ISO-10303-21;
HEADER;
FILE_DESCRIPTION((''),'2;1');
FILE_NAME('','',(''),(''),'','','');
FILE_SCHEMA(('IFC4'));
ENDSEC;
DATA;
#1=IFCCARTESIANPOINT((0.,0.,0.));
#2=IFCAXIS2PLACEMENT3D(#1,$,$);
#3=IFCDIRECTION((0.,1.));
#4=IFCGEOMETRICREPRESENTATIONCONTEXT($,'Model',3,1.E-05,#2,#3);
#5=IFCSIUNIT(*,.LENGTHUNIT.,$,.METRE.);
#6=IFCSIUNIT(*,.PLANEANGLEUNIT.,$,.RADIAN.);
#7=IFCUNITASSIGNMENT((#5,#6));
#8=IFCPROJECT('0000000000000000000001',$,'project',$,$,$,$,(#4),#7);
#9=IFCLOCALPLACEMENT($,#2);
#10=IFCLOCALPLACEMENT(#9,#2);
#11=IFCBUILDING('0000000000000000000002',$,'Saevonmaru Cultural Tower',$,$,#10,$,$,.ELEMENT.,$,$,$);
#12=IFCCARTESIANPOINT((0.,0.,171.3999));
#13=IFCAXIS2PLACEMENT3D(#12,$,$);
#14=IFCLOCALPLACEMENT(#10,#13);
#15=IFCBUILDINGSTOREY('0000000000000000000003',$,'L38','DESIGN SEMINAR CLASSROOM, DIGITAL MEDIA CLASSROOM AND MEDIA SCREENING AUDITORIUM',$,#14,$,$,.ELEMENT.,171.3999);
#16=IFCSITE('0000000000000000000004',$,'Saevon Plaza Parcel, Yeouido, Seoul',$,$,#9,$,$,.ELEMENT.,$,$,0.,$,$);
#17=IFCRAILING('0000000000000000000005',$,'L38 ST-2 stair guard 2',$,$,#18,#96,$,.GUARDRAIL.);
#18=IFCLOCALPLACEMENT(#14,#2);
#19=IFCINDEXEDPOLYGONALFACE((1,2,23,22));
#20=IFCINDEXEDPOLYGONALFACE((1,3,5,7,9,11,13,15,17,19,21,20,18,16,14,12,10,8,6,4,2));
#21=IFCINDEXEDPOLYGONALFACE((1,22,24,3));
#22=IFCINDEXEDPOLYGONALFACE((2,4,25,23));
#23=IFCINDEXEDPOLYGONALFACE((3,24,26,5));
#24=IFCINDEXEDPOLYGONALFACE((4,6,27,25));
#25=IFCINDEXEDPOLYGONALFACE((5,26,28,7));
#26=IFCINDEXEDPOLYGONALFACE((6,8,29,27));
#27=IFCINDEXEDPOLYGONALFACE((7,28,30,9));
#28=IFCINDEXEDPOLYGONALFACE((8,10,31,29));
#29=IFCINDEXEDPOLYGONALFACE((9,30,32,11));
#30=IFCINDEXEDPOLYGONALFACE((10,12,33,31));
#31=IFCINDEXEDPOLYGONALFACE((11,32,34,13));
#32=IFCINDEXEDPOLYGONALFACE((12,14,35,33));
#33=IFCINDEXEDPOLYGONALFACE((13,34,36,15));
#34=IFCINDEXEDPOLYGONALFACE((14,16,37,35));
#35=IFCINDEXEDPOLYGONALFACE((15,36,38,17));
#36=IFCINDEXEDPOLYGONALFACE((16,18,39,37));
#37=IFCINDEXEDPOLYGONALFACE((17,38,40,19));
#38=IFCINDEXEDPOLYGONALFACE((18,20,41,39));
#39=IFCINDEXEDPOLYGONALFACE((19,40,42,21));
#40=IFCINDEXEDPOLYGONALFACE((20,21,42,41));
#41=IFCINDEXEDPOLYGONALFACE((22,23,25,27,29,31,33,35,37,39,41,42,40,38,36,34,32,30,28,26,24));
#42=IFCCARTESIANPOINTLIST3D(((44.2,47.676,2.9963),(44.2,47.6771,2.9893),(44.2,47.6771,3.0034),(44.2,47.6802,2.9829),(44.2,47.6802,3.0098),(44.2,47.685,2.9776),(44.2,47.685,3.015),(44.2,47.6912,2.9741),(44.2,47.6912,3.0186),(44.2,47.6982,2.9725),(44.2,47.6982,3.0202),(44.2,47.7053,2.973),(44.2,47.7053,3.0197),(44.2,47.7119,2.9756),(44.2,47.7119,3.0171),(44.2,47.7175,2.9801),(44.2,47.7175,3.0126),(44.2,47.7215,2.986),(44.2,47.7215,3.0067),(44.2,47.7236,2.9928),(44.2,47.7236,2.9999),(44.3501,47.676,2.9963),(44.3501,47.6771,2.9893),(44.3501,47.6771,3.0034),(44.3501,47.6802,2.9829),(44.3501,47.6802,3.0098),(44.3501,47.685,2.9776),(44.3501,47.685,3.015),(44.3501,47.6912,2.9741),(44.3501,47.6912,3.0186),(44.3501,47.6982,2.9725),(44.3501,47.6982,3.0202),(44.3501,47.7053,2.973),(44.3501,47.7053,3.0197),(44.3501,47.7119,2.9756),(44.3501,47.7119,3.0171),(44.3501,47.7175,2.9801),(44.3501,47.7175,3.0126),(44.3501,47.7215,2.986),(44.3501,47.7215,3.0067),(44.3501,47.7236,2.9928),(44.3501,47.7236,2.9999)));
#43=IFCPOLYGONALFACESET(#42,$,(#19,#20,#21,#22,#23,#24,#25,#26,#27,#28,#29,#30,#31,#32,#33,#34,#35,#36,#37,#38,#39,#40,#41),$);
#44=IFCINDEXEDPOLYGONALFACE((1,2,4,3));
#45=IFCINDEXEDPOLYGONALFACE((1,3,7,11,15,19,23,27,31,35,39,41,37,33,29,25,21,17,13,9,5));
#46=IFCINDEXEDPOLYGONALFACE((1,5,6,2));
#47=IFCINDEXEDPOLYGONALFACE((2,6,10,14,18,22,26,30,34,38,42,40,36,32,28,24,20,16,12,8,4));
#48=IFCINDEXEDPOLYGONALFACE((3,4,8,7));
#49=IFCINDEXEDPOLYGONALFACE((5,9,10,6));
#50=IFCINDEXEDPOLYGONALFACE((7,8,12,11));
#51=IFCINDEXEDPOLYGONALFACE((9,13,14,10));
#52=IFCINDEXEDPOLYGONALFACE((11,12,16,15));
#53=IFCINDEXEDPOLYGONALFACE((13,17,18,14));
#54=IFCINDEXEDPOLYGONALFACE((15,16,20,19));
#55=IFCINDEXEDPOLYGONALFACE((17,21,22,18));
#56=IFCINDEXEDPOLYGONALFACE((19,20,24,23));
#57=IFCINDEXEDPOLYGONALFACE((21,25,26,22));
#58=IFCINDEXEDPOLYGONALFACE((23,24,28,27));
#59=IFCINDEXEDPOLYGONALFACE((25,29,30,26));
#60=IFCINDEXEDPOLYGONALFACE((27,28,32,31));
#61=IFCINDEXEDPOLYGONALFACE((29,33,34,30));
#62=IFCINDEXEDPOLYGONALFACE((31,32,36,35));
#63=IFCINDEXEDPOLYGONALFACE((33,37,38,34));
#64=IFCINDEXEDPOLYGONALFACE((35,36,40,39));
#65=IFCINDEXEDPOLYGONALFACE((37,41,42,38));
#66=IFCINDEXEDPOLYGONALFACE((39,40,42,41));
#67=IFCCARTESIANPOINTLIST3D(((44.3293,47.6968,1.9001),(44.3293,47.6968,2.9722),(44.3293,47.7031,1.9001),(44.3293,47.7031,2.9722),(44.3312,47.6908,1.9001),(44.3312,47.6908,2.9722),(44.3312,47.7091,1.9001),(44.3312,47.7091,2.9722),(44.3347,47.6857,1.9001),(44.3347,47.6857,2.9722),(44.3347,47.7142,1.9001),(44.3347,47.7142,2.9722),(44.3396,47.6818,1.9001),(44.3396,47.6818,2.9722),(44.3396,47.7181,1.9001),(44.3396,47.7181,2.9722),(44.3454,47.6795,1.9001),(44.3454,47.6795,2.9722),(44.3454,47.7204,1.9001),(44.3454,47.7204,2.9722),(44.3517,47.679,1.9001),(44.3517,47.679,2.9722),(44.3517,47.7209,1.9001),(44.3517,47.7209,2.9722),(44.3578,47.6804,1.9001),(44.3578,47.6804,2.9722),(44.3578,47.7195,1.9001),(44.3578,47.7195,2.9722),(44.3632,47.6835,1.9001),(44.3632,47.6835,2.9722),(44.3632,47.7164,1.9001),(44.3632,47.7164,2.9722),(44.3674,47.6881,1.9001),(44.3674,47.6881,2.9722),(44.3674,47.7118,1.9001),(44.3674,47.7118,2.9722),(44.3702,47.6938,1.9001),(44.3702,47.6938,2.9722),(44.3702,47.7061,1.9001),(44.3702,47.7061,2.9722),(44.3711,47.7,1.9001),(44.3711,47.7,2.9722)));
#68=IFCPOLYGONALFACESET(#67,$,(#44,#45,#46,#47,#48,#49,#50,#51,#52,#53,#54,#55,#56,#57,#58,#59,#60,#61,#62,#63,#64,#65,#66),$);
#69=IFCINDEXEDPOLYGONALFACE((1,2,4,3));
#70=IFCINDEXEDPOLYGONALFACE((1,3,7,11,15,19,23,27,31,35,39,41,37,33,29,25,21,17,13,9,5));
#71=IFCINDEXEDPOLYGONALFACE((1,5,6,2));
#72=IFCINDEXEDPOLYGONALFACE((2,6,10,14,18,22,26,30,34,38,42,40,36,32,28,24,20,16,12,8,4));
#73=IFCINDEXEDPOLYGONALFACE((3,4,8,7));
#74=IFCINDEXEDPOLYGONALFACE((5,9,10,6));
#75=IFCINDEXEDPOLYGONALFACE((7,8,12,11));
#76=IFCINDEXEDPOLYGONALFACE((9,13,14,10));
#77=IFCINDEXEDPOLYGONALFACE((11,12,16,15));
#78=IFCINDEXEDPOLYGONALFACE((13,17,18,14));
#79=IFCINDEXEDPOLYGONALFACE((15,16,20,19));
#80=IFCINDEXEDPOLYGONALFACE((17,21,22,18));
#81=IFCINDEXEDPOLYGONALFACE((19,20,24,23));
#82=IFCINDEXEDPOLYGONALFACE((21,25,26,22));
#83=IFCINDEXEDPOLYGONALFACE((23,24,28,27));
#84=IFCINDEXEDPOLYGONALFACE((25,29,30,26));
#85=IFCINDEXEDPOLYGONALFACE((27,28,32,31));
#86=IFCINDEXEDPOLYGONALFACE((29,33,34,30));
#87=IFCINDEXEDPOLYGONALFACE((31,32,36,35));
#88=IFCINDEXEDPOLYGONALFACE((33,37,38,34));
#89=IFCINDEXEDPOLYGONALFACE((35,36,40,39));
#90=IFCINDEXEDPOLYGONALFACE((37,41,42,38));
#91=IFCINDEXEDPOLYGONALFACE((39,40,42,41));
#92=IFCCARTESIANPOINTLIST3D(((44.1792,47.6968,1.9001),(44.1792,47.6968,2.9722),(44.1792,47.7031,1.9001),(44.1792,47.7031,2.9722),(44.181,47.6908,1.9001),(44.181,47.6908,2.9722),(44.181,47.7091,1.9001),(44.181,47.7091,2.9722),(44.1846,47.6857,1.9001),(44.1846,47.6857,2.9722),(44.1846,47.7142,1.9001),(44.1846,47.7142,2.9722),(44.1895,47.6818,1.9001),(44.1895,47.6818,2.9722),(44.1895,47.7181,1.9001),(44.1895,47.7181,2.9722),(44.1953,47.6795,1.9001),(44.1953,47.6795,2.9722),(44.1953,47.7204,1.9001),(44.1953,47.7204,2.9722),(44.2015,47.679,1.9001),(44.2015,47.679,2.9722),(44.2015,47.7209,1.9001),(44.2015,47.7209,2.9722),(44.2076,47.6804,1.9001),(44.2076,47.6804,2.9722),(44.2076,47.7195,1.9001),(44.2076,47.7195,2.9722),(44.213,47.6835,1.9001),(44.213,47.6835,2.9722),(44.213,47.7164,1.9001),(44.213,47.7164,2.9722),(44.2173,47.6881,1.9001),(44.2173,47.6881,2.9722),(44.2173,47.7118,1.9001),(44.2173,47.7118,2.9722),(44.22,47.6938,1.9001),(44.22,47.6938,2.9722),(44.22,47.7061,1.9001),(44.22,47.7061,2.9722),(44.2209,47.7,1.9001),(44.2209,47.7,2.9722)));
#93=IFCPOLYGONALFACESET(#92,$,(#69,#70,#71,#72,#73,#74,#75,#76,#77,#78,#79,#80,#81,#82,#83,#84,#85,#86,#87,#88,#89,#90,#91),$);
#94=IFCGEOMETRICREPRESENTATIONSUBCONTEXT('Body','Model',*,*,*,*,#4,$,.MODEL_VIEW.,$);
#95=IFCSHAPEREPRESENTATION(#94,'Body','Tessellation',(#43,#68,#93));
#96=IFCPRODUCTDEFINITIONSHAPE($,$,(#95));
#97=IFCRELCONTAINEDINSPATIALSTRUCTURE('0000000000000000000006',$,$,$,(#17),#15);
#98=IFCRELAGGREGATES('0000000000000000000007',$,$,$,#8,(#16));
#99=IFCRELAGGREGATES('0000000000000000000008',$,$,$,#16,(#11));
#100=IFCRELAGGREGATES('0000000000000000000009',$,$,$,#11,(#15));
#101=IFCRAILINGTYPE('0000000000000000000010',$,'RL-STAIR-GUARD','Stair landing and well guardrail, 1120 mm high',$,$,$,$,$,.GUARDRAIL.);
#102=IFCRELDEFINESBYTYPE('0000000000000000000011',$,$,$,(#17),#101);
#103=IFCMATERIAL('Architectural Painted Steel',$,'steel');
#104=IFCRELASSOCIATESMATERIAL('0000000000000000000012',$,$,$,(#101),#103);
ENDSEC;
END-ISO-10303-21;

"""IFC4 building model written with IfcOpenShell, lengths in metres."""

from ifc_helpers import new_model, si_unit, direction, frame, origin, origin_2d, place, context, subcontext, project, spatial, circle, extrude, material, type_object, element, save


model = new_model("IFC4")

# Units and contexts
model_context = context("Model", 3, precision=1e-05, world=origin(), true_north=direction((0.0, 1.0)))
body_context = subcontext(model_context, "Body", "Model", "MODEL_VIEW")
ifc_project = project(units=[si_unit("LENGTHUNIT", "METRE"), si_unit("PLANEANGLEUNIT", "RADIAN")], contexts=[model_context])

# Site, building, storey
site_placement = place(None, origin())
site = spatial("IfcSite", under=ifc_project, at=site_placement, Name="Saevon Plaza Parcel, Yeouido, Seoul", CompositionType="ELEMENT", RefElevation=0.0)
building_placement = place(site_placement, origin())
building = spatial("IfcBuilding", under=site, at=building_placement, Name="Saevonmaru Cultural Tower", CompositionType="ELEMENT")
storey_placement = place(building_placement, frame((0.0, 0.0, 171.3999)))
storey = spatial("IfcBuildingStorey", under=building, at=storey_placement, Name="L38", Description="DESIGN SEMINAR CLASSROOM, DIGITAL MEDIA CLASSROOM AND MEDIA SCREENING AUDITORIUM", CompositionType="ELEMENT", Elevation=171.3999)

# Railing
ifc_material_1 = material(Name="Architectural Painted Steel", Category="steel")
railing_type_1 = type_object("IfcRailingType", Name="RL-STAIR-GUARD", Description="Stair landing and well guardrail, 1120 mm high", PredefinedType="GUARDRAIL", material=ifc_material_1)
railing_1_placement = place(storey_placement, frame((44.3501, 47.7, 1.9001)))
element("IfcRailing", 1, at=railing_1_placement, inside=storey, type_object=railing_type_1, Name="L38 ST-2 stair guard 2", PredefinedType="GUARDRAIL", context=body_context, shape_type="SweptSolid", body=[
    extrude(circle(Radius=0.0239, at=origin_2d()), frame((0.0, 0.0, 1.0962), z_axis=(-1.0, 0.0, 0.0), x_axis=(0.0, -1.0, 0.0)), (0.0, 0.0, 1.0), 0.1501),
    extrude(circle(Radius=0.021, at=origin_2d()), origin(), (0.0, 0.0, 1.0), 1.072),
    extrude(circle(Radius=0.021, at=origin_2d()), frame((-0.1501, 0.0, 0.0)), (0.0, 0.0, 1.0), 1.072),
])

save(model, "model.ifc")
